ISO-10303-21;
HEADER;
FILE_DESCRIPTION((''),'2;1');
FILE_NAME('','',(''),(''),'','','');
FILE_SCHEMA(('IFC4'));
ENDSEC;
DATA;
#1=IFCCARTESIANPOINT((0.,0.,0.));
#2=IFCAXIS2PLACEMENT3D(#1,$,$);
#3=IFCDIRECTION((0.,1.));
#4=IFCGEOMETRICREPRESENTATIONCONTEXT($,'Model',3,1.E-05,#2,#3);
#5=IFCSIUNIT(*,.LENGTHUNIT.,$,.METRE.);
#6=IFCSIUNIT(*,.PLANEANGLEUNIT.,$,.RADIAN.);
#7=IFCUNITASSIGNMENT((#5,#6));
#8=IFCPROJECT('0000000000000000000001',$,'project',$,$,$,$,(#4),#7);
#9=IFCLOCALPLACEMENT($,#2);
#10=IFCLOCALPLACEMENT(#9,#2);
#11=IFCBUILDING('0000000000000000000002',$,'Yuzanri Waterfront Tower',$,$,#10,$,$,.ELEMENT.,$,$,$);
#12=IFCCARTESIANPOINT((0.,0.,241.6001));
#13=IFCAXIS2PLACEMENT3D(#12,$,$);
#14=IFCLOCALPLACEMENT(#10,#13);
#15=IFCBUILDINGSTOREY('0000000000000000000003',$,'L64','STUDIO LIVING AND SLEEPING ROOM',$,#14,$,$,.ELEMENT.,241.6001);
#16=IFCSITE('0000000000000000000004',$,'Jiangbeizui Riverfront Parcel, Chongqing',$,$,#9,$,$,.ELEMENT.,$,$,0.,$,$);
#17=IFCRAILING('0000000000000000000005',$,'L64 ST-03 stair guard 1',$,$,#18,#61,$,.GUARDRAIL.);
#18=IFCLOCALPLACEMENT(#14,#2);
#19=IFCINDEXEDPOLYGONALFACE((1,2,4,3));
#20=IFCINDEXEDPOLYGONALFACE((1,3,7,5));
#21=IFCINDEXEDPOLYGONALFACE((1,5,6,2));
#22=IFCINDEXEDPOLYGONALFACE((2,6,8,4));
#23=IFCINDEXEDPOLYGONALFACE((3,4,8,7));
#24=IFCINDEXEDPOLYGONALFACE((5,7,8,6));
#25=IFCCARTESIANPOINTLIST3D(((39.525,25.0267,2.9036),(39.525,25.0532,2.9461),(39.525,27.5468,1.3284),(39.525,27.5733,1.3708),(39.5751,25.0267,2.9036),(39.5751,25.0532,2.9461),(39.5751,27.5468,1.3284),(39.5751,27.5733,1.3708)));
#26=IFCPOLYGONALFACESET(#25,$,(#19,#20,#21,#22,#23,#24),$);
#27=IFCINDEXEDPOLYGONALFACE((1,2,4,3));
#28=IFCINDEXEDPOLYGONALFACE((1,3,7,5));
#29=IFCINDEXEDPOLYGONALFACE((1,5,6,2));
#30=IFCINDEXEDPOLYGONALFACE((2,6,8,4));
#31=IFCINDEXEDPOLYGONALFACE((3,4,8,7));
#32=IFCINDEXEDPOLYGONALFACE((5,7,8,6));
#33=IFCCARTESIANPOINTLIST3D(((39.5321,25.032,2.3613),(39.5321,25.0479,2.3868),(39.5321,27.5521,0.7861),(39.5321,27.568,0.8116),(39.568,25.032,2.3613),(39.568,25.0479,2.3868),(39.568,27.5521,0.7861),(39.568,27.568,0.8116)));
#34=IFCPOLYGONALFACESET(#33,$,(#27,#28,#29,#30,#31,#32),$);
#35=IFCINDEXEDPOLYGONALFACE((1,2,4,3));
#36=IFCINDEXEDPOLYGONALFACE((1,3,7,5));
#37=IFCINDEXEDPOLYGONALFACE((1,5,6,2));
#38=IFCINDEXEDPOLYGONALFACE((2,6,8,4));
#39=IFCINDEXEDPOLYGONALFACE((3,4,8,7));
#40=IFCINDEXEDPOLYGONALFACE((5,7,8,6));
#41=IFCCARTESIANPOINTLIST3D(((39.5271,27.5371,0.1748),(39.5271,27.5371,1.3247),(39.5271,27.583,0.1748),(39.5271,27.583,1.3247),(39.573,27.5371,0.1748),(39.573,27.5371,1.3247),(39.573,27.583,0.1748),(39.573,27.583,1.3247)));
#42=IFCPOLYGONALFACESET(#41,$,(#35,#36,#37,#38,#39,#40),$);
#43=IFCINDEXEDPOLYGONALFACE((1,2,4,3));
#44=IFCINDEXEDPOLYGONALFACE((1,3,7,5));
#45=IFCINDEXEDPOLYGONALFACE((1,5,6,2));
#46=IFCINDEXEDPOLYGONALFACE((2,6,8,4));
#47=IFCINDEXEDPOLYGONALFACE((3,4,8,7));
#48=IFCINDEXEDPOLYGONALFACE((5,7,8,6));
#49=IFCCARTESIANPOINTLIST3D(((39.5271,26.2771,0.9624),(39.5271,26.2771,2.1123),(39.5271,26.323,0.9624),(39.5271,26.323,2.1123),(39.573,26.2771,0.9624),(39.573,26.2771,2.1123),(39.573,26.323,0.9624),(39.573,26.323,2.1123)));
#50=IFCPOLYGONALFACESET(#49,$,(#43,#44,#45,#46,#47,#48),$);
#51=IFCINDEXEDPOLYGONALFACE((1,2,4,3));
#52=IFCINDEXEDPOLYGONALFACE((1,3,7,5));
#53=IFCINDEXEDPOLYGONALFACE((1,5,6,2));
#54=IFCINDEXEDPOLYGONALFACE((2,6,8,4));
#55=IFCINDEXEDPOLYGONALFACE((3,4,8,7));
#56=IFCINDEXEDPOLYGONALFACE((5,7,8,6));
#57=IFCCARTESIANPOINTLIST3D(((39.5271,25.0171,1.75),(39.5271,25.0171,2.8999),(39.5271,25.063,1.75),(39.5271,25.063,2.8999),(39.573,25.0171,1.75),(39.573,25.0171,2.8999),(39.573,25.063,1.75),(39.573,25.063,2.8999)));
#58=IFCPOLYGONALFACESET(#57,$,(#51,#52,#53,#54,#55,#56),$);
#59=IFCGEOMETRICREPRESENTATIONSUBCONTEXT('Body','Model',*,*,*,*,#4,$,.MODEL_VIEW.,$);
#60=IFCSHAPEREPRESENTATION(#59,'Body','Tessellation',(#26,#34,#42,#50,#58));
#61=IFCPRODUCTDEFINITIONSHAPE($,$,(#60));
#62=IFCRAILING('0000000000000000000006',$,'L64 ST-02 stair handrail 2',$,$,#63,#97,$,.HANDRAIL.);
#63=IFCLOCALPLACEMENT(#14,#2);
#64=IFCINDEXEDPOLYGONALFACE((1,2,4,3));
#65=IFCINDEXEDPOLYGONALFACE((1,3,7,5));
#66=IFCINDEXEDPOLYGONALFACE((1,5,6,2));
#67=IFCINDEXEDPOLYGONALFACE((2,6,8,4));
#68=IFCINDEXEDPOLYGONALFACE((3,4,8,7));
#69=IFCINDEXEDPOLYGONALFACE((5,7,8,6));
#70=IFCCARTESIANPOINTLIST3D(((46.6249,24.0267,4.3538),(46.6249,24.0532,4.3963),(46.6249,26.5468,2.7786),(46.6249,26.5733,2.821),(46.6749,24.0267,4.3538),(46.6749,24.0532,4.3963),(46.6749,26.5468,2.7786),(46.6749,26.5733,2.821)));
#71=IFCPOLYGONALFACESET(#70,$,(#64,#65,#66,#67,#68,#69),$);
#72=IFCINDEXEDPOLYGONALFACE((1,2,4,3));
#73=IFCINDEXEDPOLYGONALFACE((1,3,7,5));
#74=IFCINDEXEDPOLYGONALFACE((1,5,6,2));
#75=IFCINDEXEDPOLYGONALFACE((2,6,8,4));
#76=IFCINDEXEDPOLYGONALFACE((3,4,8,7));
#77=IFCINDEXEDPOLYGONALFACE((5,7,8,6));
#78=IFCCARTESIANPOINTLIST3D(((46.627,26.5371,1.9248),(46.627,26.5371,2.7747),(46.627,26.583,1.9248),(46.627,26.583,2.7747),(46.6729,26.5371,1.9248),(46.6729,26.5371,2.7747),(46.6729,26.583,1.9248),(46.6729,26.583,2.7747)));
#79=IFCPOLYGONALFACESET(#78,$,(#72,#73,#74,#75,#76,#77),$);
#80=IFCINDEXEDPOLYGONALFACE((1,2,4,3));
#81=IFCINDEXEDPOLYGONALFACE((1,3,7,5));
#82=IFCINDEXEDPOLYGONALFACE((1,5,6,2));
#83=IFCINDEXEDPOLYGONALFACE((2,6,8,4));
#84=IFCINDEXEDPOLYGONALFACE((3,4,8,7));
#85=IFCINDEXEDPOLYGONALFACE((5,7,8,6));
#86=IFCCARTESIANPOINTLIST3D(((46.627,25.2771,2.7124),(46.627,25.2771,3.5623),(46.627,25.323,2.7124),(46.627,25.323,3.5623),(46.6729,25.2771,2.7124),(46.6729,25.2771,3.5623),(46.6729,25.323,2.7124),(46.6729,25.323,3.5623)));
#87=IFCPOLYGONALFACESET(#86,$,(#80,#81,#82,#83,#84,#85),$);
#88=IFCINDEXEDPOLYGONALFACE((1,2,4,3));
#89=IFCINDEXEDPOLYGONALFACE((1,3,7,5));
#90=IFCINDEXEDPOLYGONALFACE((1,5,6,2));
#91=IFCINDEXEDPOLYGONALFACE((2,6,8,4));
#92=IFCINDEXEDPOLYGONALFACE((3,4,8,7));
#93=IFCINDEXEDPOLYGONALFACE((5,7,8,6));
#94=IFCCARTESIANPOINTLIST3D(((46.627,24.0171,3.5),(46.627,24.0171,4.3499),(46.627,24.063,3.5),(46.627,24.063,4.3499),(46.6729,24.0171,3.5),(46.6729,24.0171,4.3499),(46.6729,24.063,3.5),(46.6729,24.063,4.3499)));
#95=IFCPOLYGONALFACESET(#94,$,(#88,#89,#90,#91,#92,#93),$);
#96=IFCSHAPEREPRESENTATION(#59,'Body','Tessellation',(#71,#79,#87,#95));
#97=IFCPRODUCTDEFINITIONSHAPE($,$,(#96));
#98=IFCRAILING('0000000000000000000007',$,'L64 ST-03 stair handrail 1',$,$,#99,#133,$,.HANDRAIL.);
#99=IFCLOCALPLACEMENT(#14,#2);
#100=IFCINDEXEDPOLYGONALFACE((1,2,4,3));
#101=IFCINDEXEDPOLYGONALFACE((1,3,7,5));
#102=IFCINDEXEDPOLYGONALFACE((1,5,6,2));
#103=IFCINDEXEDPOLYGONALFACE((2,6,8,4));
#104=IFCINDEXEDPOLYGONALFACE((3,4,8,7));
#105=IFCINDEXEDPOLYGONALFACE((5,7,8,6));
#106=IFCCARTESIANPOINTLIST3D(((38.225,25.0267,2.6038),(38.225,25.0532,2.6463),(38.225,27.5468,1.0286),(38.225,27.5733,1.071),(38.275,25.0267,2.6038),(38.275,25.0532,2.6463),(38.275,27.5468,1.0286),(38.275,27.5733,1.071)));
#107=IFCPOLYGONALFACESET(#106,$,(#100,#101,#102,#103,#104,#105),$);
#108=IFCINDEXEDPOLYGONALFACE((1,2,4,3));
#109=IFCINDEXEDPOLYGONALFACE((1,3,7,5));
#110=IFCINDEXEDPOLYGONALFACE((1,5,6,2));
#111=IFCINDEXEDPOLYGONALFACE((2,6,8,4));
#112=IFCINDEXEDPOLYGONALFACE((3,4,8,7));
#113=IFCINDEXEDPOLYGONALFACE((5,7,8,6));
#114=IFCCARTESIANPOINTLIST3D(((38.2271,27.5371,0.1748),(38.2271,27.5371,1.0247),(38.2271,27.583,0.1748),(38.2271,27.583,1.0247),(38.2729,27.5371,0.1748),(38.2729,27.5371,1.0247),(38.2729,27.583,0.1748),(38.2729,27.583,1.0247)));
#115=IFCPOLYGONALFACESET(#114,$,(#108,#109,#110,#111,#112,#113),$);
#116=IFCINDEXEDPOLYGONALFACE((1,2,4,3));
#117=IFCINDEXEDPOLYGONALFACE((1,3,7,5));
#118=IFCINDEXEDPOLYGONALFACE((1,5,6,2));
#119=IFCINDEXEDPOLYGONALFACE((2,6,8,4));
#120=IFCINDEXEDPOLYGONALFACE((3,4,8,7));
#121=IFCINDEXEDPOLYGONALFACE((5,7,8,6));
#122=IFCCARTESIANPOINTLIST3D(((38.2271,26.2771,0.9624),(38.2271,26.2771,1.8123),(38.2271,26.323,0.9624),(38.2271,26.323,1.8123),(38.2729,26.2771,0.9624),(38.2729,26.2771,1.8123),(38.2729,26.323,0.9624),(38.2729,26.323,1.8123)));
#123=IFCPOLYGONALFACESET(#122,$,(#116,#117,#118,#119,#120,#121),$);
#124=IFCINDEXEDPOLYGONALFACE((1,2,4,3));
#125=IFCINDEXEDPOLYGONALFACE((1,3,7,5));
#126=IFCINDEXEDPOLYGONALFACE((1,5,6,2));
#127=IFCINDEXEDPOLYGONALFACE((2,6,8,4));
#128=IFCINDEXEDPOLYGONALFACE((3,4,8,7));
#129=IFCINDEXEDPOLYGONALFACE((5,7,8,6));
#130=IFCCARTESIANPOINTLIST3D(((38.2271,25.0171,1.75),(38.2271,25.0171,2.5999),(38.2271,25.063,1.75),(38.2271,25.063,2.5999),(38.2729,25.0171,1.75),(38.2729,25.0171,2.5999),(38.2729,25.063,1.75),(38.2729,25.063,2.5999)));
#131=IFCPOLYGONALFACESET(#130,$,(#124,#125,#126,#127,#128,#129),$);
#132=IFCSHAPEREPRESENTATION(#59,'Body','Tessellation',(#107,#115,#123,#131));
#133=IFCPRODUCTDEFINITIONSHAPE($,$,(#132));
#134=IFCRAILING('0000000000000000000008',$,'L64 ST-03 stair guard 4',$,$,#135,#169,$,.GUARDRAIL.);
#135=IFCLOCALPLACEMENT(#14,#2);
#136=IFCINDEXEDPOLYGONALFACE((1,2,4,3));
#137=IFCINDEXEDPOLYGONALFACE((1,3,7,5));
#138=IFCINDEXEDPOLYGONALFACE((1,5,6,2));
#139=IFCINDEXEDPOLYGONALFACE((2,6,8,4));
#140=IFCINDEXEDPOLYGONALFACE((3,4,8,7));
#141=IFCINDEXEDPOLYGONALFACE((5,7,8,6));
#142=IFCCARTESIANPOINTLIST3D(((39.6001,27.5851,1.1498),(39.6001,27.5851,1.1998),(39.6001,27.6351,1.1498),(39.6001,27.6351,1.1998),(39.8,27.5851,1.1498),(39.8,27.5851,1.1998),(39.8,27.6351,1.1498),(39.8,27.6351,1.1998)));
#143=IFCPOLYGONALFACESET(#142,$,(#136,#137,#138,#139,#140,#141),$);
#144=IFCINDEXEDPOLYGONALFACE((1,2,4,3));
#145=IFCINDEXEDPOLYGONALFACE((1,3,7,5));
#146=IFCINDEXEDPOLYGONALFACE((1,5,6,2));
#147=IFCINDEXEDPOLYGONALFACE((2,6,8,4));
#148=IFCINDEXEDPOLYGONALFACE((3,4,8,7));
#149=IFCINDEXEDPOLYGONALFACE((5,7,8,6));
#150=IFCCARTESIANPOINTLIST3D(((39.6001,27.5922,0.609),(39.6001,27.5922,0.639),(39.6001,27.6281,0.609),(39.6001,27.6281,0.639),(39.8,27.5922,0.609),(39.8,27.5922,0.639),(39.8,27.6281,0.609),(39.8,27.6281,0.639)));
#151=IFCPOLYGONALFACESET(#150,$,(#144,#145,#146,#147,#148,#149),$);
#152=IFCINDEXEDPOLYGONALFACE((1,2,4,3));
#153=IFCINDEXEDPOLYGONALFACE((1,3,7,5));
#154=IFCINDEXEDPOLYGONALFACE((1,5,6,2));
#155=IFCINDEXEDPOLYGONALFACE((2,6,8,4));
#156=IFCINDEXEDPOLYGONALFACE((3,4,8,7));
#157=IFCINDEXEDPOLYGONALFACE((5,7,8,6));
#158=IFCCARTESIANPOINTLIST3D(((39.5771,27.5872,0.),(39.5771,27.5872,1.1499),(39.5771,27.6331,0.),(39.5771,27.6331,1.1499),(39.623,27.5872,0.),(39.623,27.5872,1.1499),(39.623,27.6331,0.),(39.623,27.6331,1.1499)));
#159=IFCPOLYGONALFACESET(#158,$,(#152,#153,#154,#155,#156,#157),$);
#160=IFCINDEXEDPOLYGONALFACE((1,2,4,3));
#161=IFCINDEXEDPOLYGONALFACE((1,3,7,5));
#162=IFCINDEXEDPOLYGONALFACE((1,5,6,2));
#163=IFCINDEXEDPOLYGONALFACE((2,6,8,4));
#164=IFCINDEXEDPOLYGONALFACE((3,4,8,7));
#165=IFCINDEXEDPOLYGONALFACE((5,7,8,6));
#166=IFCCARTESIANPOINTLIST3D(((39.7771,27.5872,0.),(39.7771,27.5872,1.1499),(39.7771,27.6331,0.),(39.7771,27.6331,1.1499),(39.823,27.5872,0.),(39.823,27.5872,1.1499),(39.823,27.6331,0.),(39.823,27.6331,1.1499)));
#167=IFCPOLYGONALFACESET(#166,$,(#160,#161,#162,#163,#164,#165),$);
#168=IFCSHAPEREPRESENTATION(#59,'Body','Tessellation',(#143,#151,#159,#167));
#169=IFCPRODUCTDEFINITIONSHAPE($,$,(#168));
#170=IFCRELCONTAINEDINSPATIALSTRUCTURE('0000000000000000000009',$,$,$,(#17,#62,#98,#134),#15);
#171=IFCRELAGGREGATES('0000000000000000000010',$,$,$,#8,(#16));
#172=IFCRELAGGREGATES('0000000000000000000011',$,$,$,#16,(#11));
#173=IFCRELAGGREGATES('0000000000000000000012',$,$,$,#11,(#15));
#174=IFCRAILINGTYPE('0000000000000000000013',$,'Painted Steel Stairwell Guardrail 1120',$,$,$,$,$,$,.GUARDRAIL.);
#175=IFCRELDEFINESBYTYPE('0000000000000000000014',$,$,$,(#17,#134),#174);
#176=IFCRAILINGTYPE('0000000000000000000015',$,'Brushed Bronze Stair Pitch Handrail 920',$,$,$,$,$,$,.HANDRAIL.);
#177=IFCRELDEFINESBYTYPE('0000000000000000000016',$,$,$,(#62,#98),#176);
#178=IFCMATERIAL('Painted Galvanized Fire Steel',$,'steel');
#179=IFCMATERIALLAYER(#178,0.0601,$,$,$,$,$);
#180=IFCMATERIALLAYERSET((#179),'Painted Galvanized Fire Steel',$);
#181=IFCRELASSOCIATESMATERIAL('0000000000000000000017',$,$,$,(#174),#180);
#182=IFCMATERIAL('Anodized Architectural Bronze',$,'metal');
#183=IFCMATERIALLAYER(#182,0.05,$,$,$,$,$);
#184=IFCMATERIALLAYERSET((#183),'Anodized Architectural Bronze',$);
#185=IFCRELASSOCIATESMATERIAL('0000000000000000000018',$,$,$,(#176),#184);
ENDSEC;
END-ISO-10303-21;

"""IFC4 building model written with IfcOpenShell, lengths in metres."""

from ifc_helpers import new_model, si_unit, direction, frame, origin, origin_2d, place, context, subcontext, project, spatial, rectangle, extrude, source, transform, mapped, material, layer, layer_set, type_object, element, save


model = new_model("IFC4")

# Units and contexts
model_context = context("Model", 3, precision=1e-05, world=origin(), true_north=direction((0.0, 1.0)))
body_context = subcontext(model_context, "Body", "Model", "MODEL_VIEW")
ifc_project = project(units=[si_unit("LENGTHUNIT", "METRE"), si_unit("PLANEANGLEUNIT", "RADIAN")], contexts=[model_context])

# Site, building, storey
site_placement = place(None, origin())
site = spatial("IfcSite", under=ifc_project, at=site_placement, Name="Jiangbeizui Riverfront Parcel, Chongqing", CompositionType="ELEMENT", RefElevation=0.0)
building_placement = place(site_placement, origin())
building = spatial("IfcBuilding", under=site, at=building_placement, Name="Yuzanri Waterfront Tower", CompositionType="ELEMENT")
storey_placement = place(building_placement, frame((0.0, 0.0, 241.6001)))
storey = spatial("IfcBuildingStorey", under=building, at=storey_placement, Name="L64", Description="STUDIO LIVING AND SLEEPING ROOM", CompositionType="ELEMENT", Elevation=241.6001)

# Railings
ifc_material_1 = material(Name="Painted Galvanized Fire Steel", Category="steel")
ifc_layer_1 = layer(ifc_material_1, 0.0601)
ifc_layer_set_1 = layer_set([ifc_layer_1], Name="Painted Galvanized Fire Steel")
railing_type_1 = type_object("IfcRailingType", Name="Painted Steel Stairwell Guardrail 1120", PredefinedType="GUARDRAIL", material=ifc_layer_set_1)
shared_shape_1 = source(origin(), body_context, "Body", "SweptSolid", [
    extrude(rectangle(XDim=0.05, YDim=0.05, at=origin_2d()), frame((0.0, 0.0, 1.1748), z_axis=(0.0, -0.847971, 0.530043), x_axis=(1.0, 0.0, 0.0)), (0.0, 0.0, 1.0), 2.9719),
    extrude(rectangle(XDim=0.0359, YDim=0.03, at=origin_2d()), frame((0.0, 0.0, 0.624), z_axis=(0.0, -0.847971, 0.530043), x_axis=(1.0, 0.0, 0.0)), (0.0, 0.0, 1.0), 2.9719),
    extrude(rectangle(XDim=0.0459, YDim=0.0459, at=origin_2d()), origin(), (0.0, 0.0, 1.0), 1.1499),
    extrude(rectangle(XDim=0.0459, YDim=0.0459, at=origin_2d()), frame((0.0, -1.26, 0.7876)), (0.0, 0.0, 1.0), 1.1499),
    extrude(rectangle(XDim=0.0459, YDim=0.0459, at=origin_2d()), frame((0.0, -2.52, 1.5752)), (0.0, 0.0, 1.0), 1.1499),
])
for number, where, name in (
    (1, (39.55, 27.5601, 0.1748), "L64 ST-03 stair guard 1"),
):
    element("IfcRailing", number, at=place(storey_placement, frame(where)), inside=storey, type_object=railing_type_1, Name=name, PredefinedType="GUARDRAIL", context=body_context, shape_type="MappedRepresentation", body=[
        mapped(shared_shape_1, transform((0.0, 0.0, 0.0), scale=1.0)),
    ])
ifc_material_2 = material(Name="Anodized Architectural Bronze", Category="metal")
ifc_layer_2 = layer(ifc_material_2, 0.05)
ifc_layer_set_2 = layer_set([ifc_layer_2], Name="Anodized Architectural Bronze")
railing_type_2 = type_object("IfcRailingType", Name="Brushed Bronze Stair Pitch Handrail 920", PredefinedType="HANDRAIL", material=ifc_layer_set_2)
shared_shape_2 = source(origin(), body_context, "Body", "SweptSolid", [
    extrude(rectangle(XDim=0.05, YDim=0.05, at=origin_2d()), frame((0.0, 0.0, 0.875), z_axis=(0.0, -0.847971, 0.530043), x_axis=(1.0, 0.0, 0.0)), (0.0, 0.0, 1.0), 2.9719),
    extrude(rectangle(XDim=0.0459, YDim=0.0459, at=origin_2d()), origin(), (0.0, 0.0, 1.0), 0.8499),
    extrude(rectangle(XDim=0.0459, YDim=0.0459, at=origin_2d()), frame((0.0, -1.26, 0.7876)), (0.0, 0.0, 1.0), 0.8499),
    extrude(rectangle(XDim=0.0459, YDim=0.0459, at=origin_2d()), frame((0.0, -2.52, 1.5752)), (0.0, 0.0, 1.0), 0.8499),
])
for number, where, name in (
    (2, (46.6499, 26.5601, 1.9248), "L64 ST-02 stair handrail 2"),
    (3, (38.25, 27.5601, 0.1748), "L64 ST-03 stair handrail 1"),
):
    element("IfcRailing", number, at=place(storey_placement, frame(where)), inside=storey, type_object=railing_type_2, Name=name, PredefinedType="HANDRAIL", context=body_context, shape_type="MappedRepresentation", body=[
        mapped(shared_shape_2, transform((0.0, 0.0, 0.0), scale=1.0)),
    ])
shared_shape_3 = source(origin(), body_context, "Body", "SweptSolid", [
    extrude(rectangle(XDim=0.05, YDim=0.05, at=origin_2d()), frame((0.0, 0.0, 1.1748), z_axis=(1.0, 0.0, 0.0), x_axis=(0.0, 1.0, 0.0)), (0.0, 0.0, 1.0), 0.2),
    extrude(rectangle(XDim=0.0359, YDim=0.03, at=origin_2d()), frame((0.0, 0.0, 0.624), z_axis=(1.0, 0.0, 0.0), x_axis=(0.0, 1.0, 0.0)), (0.0, 0.0, 1.0), 0.2),
    extrude(rectangle(XDim=0.0459, YDim=0.0459, at=origin_2d()), origin(), (0.0, 0.0, 1.0), 1.1499),
    extrude(rectangle(XDim=0.0459, YDim=0.0459, at=origin_2d()), frame((0.2, 0.0, 0.0)), (0.0, 0.0, 1.0), 1.1499),
])
railing_1_placement = place(storey_placement, frame((39.6001, 27.6101, 0.0)))
element("IfcRailing", 4, at=railing_1_placement, inside=storey, type_object=railing_type_1, Name="L64 ST-03 stair guard 4", PredefinedType="GUARDRAIL", context=body_context, shape_type="MappedRepresentation", body=[
    mapped(shared_shape_3, transform((0.0, 0.0, 0.0), scale=1.0)),
])

save(model, "model.ifc")
